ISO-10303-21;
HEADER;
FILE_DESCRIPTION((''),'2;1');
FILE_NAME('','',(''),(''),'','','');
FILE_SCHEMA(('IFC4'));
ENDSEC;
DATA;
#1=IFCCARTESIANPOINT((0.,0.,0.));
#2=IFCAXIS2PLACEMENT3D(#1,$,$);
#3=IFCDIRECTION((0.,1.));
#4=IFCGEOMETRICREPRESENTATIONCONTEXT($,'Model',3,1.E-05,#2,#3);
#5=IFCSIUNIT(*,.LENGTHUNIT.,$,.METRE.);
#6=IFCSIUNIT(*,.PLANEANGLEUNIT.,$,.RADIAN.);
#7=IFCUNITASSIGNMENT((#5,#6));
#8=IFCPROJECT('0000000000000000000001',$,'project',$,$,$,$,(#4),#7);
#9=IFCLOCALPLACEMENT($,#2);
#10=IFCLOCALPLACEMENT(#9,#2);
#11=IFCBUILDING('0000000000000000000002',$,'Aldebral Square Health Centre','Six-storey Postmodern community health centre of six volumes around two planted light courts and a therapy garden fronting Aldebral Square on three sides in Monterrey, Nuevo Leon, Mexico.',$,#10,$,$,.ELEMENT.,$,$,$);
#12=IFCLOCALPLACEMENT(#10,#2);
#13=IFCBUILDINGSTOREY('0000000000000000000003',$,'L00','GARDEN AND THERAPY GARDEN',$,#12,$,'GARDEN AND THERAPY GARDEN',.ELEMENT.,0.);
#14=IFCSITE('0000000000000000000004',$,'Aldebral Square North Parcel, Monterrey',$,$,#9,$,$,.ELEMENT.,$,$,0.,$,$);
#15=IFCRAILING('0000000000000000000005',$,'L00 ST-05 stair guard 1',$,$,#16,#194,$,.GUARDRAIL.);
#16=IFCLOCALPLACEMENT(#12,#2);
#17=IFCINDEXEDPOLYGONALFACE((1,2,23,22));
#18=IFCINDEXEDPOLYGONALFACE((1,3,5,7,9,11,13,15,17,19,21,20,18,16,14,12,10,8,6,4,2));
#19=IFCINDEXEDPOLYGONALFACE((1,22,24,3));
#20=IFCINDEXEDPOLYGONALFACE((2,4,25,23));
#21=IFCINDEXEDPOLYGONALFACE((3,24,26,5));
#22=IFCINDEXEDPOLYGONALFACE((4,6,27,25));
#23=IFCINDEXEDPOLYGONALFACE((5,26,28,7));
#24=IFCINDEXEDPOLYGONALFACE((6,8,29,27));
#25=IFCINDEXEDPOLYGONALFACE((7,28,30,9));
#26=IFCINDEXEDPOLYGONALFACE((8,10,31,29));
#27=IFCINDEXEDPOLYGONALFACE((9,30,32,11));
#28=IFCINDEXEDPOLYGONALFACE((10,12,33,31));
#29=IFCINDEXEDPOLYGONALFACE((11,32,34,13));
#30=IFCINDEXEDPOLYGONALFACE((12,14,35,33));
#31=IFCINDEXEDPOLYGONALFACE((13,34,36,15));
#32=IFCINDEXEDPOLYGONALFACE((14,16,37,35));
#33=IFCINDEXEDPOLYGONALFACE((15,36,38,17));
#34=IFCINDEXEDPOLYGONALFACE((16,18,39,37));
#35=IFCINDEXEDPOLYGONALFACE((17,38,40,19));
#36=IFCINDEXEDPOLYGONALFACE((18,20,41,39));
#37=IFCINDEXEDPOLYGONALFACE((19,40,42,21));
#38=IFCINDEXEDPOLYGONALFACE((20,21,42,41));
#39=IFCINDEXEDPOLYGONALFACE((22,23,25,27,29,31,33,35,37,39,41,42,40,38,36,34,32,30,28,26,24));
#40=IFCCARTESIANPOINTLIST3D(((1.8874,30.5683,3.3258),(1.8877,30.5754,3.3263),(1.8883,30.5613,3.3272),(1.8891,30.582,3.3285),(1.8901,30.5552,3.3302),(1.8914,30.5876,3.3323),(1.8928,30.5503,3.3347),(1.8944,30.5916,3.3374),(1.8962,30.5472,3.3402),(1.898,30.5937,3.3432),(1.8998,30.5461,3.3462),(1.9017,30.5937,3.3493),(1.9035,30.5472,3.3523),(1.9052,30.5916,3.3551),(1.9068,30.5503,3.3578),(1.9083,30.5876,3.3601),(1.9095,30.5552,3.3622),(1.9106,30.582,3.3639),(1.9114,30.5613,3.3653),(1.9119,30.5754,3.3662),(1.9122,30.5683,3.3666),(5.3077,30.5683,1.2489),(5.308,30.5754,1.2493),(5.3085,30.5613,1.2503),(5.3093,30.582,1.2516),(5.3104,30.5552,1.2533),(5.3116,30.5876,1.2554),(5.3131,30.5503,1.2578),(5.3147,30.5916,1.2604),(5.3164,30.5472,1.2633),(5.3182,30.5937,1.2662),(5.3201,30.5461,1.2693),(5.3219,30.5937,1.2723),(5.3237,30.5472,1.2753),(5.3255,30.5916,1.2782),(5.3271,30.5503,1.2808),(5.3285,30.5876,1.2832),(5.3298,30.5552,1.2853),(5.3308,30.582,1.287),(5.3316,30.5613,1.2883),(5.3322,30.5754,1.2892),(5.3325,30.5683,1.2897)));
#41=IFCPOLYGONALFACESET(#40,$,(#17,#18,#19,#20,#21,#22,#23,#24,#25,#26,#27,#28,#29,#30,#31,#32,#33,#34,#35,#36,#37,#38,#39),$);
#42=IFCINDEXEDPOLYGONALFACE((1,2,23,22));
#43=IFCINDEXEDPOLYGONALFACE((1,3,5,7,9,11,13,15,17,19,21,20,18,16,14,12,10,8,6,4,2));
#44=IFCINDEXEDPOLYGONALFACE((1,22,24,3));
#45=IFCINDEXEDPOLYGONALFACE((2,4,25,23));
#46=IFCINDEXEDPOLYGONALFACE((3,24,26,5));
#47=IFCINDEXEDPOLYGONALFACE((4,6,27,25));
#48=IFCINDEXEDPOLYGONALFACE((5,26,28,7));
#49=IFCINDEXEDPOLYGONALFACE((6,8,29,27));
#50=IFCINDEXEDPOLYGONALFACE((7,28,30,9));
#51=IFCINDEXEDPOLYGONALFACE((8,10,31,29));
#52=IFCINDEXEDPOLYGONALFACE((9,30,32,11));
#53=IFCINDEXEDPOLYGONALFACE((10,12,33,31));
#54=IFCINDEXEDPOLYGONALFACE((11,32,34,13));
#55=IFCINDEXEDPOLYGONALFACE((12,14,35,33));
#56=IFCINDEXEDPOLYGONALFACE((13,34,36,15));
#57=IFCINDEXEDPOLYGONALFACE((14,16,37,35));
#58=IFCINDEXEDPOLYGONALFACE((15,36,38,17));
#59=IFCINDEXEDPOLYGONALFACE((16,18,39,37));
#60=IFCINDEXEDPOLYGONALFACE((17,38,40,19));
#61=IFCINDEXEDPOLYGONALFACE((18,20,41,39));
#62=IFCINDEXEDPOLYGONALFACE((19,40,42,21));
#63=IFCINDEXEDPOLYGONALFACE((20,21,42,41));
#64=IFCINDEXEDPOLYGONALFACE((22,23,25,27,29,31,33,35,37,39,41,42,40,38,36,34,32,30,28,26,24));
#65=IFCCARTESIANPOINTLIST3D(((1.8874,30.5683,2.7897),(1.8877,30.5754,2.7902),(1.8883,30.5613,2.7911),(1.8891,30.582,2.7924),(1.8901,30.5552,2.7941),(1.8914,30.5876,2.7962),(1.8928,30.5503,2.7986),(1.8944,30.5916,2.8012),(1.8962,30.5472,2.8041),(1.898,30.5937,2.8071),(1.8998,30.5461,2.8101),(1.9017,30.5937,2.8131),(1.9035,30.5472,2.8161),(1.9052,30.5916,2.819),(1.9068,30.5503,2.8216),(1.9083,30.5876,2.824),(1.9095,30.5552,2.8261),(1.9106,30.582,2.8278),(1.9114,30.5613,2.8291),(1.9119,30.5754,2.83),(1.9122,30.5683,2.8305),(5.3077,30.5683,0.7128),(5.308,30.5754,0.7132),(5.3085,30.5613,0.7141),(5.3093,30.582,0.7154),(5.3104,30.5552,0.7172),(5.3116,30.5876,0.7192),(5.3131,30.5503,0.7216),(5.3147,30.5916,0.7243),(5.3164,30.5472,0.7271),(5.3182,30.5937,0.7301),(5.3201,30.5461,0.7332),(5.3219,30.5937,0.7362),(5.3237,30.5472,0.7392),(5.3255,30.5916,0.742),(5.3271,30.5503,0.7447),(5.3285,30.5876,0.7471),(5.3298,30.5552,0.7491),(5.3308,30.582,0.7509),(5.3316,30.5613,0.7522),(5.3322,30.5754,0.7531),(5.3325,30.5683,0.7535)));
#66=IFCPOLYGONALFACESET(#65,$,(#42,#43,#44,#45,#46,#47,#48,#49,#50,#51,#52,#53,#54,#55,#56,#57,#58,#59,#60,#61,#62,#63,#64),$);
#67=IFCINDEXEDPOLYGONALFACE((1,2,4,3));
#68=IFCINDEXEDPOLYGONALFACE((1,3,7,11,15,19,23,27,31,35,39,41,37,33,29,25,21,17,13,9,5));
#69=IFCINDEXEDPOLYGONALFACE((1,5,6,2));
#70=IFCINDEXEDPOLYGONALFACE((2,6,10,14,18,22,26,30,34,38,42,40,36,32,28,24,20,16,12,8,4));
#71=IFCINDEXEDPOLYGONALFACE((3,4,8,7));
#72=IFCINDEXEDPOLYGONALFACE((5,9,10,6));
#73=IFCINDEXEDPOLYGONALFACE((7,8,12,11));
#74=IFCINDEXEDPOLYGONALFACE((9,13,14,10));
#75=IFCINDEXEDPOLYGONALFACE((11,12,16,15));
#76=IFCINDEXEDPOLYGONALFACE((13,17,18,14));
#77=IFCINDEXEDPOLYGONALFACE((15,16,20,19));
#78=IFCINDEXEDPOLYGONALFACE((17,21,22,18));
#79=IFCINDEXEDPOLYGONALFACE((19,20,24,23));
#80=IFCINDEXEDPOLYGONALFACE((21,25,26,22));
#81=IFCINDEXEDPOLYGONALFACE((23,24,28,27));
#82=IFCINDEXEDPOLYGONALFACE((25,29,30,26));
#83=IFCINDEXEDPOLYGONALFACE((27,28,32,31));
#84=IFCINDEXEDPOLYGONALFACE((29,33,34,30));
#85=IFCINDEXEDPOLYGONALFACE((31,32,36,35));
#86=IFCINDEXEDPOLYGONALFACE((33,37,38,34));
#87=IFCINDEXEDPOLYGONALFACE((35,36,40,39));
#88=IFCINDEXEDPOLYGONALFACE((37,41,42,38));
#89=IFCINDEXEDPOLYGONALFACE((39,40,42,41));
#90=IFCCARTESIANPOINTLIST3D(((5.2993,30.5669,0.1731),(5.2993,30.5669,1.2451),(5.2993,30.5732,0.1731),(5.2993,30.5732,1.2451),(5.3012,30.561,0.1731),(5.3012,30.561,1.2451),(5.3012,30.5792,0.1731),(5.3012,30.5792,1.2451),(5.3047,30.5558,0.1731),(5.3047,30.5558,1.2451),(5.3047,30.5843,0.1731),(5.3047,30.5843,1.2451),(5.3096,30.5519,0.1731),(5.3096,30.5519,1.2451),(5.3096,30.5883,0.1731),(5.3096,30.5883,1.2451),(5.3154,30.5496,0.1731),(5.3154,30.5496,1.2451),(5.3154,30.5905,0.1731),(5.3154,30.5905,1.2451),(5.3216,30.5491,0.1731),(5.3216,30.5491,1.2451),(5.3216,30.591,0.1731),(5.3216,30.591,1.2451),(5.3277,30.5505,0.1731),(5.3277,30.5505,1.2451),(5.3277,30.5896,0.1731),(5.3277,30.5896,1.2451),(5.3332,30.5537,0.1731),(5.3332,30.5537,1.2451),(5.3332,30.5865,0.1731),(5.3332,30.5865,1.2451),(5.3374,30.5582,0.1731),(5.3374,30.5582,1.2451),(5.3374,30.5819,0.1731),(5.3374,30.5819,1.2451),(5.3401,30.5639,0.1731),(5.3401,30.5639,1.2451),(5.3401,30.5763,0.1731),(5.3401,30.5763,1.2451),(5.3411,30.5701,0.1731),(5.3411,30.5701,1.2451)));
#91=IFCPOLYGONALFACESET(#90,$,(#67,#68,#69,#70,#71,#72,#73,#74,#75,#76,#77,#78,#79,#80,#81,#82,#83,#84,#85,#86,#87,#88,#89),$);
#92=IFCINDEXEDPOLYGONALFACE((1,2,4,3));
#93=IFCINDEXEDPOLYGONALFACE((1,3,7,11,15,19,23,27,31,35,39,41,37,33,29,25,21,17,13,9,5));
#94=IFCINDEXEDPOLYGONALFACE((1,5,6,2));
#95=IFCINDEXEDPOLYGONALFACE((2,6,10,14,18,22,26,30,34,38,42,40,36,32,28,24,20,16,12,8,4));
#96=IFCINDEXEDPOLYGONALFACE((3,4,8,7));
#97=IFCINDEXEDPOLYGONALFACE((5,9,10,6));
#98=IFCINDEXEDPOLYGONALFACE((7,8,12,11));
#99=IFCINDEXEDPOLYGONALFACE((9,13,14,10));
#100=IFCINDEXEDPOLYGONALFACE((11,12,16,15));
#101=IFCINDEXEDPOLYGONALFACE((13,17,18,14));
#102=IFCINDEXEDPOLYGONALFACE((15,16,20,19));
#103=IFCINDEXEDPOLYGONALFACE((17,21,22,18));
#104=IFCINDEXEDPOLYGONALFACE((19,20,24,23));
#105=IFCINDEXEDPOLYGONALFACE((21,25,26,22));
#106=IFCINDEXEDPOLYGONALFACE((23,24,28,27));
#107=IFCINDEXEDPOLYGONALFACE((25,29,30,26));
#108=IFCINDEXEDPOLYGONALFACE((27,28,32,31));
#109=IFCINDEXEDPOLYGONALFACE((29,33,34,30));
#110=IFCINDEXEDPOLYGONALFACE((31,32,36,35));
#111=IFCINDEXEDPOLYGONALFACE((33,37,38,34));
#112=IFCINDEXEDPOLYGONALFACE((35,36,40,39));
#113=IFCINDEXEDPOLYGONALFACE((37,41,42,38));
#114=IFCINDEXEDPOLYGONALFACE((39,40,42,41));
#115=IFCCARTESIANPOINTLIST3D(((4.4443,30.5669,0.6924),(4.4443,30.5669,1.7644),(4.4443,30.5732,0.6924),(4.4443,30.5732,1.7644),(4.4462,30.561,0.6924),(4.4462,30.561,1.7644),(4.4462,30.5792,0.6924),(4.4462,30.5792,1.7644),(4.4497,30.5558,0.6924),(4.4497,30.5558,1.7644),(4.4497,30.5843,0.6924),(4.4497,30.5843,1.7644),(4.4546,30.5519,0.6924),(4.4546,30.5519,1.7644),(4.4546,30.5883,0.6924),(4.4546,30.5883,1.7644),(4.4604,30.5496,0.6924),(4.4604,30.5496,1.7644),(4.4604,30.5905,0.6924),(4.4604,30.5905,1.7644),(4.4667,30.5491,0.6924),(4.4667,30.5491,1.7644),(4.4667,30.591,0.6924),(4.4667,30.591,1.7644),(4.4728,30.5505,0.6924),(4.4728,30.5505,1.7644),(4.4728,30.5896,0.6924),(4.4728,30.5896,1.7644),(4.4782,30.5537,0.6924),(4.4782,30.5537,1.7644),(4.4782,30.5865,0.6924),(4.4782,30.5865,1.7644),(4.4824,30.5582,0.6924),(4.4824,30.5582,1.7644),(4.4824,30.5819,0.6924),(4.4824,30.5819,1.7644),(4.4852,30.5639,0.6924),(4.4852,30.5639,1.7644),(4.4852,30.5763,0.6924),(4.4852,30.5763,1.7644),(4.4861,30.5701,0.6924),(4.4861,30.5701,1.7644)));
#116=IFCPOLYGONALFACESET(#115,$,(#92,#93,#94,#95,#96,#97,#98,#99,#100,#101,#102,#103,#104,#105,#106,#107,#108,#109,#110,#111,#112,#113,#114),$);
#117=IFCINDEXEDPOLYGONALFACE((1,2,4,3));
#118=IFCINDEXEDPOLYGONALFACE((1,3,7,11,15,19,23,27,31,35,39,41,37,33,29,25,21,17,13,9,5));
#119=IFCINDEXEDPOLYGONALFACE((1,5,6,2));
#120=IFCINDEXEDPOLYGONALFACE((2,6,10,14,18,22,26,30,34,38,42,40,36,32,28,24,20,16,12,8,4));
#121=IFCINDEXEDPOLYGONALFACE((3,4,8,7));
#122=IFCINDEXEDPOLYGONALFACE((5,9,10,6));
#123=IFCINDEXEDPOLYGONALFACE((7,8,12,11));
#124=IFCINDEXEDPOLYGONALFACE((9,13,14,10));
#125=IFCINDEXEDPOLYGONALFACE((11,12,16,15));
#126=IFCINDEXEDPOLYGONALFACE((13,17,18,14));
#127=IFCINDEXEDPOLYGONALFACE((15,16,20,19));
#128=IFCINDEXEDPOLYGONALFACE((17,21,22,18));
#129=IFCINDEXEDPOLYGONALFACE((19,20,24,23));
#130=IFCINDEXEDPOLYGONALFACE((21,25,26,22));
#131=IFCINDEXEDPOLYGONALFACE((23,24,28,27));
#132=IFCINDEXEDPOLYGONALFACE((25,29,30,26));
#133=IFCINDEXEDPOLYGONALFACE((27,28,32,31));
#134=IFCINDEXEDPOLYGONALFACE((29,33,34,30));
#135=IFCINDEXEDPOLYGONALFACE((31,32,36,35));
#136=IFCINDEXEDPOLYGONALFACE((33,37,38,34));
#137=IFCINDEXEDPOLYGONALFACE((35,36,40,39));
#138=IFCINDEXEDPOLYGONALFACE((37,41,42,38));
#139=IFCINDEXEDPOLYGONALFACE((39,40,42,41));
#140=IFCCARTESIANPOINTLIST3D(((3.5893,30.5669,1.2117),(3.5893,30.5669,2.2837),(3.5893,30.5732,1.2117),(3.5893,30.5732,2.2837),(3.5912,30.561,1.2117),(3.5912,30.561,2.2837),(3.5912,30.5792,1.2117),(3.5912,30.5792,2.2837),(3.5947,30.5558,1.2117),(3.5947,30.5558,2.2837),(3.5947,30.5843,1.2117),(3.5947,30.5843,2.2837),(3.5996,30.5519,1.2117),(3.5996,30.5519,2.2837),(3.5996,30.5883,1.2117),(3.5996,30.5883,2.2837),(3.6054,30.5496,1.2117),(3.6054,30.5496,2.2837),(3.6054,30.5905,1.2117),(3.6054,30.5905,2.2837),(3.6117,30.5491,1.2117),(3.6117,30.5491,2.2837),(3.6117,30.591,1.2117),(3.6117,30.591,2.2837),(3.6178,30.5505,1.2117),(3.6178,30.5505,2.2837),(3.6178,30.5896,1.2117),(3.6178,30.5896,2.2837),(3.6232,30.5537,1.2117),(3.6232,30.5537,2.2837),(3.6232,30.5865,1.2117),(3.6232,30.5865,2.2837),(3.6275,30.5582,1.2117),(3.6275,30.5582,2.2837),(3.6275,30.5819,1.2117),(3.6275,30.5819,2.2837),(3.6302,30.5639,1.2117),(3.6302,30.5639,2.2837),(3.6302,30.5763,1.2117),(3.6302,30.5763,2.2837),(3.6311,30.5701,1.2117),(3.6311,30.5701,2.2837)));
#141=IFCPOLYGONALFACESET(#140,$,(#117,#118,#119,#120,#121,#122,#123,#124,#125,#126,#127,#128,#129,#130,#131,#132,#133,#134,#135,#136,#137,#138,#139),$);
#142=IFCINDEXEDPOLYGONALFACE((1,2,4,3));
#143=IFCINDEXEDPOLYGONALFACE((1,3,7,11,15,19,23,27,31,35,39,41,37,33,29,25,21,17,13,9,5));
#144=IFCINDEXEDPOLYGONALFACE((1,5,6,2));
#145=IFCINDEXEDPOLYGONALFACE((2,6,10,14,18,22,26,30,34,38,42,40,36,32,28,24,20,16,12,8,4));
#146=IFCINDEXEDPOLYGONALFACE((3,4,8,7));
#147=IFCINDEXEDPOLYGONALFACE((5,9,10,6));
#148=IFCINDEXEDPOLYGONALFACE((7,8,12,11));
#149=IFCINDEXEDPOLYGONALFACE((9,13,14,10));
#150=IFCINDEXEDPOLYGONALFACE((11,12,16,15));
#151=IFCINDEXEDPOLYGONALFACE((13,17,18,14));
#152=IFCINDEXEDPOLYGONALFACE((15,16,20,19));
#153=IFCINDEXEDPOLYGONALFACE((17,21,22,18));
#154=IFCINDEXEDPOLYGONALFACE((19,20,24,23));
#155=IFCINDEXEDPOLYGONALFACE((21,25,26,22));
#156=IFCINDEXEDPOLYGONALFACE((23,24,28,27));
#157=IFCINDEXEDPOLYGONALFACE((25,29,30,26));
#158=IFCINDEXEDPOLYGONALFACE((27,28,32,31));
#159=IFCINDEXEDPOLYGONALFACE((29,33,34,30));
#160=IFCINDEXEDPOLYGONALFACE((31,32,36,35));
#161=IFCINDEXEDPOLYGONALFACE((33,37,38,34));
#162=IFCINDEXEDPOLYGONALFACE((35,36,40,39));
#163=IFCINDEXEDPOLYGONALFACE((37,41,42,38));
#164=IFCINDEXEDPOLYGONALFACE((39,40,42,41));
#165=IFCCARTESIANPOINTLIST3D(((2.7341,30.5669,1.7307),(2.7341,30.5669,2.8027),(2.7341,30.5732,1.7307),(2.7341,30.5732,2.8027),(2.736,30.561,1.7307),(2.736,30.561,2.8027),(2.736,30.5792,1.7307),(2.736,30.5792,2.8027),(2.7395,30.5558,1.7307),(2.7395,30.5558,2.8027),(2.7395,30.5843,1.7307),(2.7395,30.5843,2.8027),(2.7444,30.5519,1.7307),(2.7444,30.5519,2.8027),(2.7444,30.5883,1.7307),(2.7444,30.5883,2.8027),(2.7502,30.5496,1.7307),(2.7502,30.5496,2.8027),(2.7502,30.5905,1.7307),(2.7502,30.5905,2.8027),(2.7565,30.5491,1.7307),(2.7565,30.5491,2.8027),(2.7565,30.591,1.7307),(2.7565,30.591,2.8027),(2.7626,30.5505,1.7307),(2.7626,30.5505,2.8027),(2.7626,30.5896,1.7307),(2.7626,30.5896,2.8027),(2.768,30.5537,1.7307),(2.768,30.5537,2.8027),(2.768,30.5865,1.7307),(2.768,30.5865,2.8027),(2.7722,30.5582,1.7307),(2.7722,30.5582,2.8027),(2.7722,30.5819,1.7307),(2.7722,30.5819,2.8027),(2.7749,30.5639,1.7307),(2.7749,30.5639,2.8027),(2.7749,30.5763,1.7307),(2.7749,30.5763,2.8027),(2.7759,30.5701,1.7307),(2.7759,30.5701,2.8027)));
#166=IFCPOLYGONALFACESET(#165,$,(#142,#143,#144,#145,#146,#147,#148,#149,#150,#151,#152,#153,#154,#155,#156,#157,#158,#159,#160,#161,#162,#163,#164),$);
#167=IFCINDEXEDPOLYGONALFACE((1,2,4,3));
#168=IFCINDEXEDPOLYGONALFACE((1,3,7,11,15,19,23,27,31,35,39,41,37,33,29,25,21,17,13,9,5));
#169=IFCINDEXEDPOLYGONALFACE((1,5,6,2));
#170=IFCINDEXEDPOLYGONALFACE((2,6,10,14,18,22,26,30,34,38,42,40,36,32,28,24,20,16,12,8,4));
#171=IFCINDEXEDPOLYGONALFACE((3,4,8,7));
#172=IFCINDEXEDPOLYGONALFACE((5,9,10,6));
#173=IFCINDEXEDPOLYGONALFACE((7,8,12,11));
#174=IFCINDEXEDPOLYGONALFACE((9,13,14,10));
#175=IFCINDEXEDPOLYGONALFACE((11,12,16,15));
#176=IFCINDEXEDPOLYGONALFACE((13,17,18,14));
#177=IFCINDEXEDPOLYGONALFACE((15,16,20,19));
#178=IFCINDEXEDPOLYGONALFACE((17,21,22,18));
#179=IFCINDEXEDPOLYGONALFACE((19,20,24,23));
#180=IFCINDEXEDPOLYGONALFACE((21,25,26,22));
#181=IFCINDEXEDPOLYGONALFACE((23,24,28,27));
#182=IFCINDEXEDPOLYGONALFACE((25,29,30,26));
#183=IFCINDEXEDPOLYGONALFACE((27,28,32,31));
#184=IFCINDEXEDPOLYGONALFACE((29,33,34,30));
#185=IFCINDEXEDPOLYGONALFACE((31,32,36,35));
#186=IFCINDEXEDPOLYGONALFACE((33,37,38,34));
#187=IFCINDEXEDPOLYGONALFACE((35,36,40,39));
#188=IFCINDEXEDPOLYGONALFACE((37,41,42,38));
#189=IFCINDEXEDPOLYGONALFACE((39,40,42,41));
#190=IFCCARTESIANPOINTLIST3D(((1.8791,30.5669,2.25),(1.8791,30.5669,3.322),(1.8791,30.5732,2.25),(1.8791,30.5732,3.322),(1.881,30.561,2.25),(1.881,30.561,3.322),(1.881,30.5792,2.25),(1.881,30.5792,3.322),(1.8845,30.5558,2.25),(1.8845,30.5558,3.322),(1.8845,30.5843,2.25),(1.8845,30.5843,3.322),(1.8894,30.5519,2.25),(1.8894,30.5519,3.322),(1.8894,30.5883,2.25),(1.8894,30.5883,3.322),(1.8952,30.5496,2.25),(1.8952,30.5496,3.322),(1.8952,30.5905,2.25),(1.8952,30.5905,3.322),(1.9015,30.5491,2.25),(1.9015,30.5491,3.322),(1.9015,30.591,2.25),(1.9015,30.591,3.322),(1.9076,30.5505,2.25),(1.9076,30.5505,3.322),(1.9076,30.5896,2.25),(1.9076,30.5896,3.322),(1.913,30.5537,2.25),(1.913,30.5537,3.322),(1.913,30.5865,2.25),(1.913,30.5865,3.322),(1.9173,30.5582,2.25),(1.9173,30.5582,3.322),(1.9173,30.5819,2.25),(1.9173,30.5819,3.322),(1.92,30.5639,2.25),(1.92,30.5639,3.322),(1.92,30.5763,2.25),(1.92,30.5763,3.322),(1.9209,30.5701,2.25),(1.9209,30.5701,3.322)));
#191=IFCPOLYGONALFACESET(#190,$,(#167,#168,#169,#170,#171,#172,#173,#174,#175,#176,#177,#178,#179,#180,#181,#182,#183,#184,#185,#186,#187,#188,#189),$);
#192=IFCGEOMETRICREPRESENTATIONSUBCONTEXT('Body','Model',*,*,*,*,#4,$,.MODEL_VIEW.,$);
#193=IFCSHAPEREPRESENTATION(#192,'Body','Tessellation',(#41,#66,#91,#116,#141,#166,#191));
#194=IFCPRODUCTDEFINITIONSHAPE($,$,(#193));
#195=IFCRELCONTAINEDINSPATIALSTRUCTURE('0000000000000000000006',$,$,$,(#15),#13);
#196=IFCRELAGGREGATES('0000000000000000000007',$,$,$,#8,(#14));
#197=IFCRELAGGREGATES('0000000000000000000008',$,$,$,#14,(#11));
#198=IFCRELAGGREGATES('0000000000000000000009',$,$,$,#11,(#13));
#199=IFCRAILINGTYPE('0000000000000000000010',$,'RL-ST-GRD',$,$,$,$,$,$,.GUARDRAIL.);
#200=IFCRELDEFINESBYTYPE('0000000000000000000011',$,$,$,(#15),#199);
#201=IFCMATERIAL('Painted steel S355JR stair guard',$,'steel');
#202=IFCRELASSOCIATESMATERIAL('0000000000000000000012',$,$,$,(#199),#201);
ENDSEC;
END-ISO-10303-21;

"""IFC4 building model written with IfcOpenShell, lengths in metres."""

from ifc_helpers import new_model, si_unit, direction, frame, origin, origin_2d, place, context, subcontext, project, spatial, circle, extrude, material, type_object, element, save


model = new_model("IFC4")

# Units and contexts
model_context = context("Model", 3, precision=1e-05, world=origin(), true_north=direction((0.0, 1.0)))
body_context = subcontext(model_context, "Body", "Model", "MODEL_VIEW")
ifc_project = project(units=[si_unit("LENGTHUNIT", "METRE"), si_unit("PLANEANGLEUNIT", "RADIAN")], contexts=[model_context])

# Site, building, storey
site_placement = place(None, origin())
site = spatial("IfcSite", under=ifc_project, at=site_placement, Name="Aldebral Square North Parcel, Monterrey", CompositionType="ELEMENT", RefElevation=0.0)
building_placement = place(site_placement, origin())
building = spatial("IfcBuilding", under=site, at=building_placement, Name="Aldebral Square Health Centre", Description="Six-storey Postmodern community health centre of six volumes around two planted light courts and a therapy garden fronting Aldebral Square on three sides in Monterrey, Nuevo Leon, Mexico.", CompositionType="ELEMENT")
storey_placement = place(building_placement, origin())
storey = spatial("IfcBuildingStorey", under=building, at=storey_placement, Name="L00", Description="GARDEN AND THERAPY GARDEN", LongName="GARDEN AND THERAPY GARDEN", CompositionType="ELEMENT", Elevation=0.0)

# Railing
ifc_material_1 = material(Name="Painted steel S355JR stair guard", Category="steel")
railing_type_1 = type_object("IfcRailingType", Name="RL-ST-GRD", PredefinedType="GUARDRAIL", material=ifc_material_1)
railing_1_placement = place(storey_placement, frame((5.3201, 30.5701, 0.1731)))
element("IfcRailing", 1, at=railing_1_placement, inside=storey, type_object=railing_type_1, Name="L00 ST-05 stair guard 1", PredefinedType="GUARDRAIL", context=body_context, shape_type="SweptSolid", body=[
    extrude(circle(Radius=0.0239, at=origin_2d()), frame((0.0, 0.0, 1.0962), z_axis=(-0.854746, 0.0, 0.519047), x_axis=(0.0, -1.0, 0.0)), (0.0, 0.0, 1.0), 4.0015),
    extrude(circle(Radius=0.0239, at=origin_2d()), frame((0.0, 0.0, 0.5601), z_axis=(-0.854746, 0.0, 0.519047), x_axis=(0.0, -1.0, 0.0)), (0.0, 0.0, 1.0), 4.0015),
    extrude(circle(Radius=0.021, at=origin_2d()), origin(), (0.0, 0.0, 1.0), 1.072),
    extrude(circle(Radius=0.021, at=origin_2d()), frame((-0.855, 0.0, 0.5193)), (0.0, 0.0, 1.0), 1.072),
    extrude(circle(Radius=0.021, at=origin_2d()), frame((-1.71, 0.0, 1.0386)), (0.0, 0.0, 1.0), 1.072),
    extrude(circle(Radius=0.021, at=origin_2d()), frame((-2.5652, 0.0, 1.5576)), (0.0, 0.0, 1.0), 1.072),
    extrude(circle(Radius=0.021, at=origin_2d()), frame((-3.4202, 0.0, 2.0769)), (0.0, 0.0, 1.0), 1.072),
])

save(model, "model.ifc")
